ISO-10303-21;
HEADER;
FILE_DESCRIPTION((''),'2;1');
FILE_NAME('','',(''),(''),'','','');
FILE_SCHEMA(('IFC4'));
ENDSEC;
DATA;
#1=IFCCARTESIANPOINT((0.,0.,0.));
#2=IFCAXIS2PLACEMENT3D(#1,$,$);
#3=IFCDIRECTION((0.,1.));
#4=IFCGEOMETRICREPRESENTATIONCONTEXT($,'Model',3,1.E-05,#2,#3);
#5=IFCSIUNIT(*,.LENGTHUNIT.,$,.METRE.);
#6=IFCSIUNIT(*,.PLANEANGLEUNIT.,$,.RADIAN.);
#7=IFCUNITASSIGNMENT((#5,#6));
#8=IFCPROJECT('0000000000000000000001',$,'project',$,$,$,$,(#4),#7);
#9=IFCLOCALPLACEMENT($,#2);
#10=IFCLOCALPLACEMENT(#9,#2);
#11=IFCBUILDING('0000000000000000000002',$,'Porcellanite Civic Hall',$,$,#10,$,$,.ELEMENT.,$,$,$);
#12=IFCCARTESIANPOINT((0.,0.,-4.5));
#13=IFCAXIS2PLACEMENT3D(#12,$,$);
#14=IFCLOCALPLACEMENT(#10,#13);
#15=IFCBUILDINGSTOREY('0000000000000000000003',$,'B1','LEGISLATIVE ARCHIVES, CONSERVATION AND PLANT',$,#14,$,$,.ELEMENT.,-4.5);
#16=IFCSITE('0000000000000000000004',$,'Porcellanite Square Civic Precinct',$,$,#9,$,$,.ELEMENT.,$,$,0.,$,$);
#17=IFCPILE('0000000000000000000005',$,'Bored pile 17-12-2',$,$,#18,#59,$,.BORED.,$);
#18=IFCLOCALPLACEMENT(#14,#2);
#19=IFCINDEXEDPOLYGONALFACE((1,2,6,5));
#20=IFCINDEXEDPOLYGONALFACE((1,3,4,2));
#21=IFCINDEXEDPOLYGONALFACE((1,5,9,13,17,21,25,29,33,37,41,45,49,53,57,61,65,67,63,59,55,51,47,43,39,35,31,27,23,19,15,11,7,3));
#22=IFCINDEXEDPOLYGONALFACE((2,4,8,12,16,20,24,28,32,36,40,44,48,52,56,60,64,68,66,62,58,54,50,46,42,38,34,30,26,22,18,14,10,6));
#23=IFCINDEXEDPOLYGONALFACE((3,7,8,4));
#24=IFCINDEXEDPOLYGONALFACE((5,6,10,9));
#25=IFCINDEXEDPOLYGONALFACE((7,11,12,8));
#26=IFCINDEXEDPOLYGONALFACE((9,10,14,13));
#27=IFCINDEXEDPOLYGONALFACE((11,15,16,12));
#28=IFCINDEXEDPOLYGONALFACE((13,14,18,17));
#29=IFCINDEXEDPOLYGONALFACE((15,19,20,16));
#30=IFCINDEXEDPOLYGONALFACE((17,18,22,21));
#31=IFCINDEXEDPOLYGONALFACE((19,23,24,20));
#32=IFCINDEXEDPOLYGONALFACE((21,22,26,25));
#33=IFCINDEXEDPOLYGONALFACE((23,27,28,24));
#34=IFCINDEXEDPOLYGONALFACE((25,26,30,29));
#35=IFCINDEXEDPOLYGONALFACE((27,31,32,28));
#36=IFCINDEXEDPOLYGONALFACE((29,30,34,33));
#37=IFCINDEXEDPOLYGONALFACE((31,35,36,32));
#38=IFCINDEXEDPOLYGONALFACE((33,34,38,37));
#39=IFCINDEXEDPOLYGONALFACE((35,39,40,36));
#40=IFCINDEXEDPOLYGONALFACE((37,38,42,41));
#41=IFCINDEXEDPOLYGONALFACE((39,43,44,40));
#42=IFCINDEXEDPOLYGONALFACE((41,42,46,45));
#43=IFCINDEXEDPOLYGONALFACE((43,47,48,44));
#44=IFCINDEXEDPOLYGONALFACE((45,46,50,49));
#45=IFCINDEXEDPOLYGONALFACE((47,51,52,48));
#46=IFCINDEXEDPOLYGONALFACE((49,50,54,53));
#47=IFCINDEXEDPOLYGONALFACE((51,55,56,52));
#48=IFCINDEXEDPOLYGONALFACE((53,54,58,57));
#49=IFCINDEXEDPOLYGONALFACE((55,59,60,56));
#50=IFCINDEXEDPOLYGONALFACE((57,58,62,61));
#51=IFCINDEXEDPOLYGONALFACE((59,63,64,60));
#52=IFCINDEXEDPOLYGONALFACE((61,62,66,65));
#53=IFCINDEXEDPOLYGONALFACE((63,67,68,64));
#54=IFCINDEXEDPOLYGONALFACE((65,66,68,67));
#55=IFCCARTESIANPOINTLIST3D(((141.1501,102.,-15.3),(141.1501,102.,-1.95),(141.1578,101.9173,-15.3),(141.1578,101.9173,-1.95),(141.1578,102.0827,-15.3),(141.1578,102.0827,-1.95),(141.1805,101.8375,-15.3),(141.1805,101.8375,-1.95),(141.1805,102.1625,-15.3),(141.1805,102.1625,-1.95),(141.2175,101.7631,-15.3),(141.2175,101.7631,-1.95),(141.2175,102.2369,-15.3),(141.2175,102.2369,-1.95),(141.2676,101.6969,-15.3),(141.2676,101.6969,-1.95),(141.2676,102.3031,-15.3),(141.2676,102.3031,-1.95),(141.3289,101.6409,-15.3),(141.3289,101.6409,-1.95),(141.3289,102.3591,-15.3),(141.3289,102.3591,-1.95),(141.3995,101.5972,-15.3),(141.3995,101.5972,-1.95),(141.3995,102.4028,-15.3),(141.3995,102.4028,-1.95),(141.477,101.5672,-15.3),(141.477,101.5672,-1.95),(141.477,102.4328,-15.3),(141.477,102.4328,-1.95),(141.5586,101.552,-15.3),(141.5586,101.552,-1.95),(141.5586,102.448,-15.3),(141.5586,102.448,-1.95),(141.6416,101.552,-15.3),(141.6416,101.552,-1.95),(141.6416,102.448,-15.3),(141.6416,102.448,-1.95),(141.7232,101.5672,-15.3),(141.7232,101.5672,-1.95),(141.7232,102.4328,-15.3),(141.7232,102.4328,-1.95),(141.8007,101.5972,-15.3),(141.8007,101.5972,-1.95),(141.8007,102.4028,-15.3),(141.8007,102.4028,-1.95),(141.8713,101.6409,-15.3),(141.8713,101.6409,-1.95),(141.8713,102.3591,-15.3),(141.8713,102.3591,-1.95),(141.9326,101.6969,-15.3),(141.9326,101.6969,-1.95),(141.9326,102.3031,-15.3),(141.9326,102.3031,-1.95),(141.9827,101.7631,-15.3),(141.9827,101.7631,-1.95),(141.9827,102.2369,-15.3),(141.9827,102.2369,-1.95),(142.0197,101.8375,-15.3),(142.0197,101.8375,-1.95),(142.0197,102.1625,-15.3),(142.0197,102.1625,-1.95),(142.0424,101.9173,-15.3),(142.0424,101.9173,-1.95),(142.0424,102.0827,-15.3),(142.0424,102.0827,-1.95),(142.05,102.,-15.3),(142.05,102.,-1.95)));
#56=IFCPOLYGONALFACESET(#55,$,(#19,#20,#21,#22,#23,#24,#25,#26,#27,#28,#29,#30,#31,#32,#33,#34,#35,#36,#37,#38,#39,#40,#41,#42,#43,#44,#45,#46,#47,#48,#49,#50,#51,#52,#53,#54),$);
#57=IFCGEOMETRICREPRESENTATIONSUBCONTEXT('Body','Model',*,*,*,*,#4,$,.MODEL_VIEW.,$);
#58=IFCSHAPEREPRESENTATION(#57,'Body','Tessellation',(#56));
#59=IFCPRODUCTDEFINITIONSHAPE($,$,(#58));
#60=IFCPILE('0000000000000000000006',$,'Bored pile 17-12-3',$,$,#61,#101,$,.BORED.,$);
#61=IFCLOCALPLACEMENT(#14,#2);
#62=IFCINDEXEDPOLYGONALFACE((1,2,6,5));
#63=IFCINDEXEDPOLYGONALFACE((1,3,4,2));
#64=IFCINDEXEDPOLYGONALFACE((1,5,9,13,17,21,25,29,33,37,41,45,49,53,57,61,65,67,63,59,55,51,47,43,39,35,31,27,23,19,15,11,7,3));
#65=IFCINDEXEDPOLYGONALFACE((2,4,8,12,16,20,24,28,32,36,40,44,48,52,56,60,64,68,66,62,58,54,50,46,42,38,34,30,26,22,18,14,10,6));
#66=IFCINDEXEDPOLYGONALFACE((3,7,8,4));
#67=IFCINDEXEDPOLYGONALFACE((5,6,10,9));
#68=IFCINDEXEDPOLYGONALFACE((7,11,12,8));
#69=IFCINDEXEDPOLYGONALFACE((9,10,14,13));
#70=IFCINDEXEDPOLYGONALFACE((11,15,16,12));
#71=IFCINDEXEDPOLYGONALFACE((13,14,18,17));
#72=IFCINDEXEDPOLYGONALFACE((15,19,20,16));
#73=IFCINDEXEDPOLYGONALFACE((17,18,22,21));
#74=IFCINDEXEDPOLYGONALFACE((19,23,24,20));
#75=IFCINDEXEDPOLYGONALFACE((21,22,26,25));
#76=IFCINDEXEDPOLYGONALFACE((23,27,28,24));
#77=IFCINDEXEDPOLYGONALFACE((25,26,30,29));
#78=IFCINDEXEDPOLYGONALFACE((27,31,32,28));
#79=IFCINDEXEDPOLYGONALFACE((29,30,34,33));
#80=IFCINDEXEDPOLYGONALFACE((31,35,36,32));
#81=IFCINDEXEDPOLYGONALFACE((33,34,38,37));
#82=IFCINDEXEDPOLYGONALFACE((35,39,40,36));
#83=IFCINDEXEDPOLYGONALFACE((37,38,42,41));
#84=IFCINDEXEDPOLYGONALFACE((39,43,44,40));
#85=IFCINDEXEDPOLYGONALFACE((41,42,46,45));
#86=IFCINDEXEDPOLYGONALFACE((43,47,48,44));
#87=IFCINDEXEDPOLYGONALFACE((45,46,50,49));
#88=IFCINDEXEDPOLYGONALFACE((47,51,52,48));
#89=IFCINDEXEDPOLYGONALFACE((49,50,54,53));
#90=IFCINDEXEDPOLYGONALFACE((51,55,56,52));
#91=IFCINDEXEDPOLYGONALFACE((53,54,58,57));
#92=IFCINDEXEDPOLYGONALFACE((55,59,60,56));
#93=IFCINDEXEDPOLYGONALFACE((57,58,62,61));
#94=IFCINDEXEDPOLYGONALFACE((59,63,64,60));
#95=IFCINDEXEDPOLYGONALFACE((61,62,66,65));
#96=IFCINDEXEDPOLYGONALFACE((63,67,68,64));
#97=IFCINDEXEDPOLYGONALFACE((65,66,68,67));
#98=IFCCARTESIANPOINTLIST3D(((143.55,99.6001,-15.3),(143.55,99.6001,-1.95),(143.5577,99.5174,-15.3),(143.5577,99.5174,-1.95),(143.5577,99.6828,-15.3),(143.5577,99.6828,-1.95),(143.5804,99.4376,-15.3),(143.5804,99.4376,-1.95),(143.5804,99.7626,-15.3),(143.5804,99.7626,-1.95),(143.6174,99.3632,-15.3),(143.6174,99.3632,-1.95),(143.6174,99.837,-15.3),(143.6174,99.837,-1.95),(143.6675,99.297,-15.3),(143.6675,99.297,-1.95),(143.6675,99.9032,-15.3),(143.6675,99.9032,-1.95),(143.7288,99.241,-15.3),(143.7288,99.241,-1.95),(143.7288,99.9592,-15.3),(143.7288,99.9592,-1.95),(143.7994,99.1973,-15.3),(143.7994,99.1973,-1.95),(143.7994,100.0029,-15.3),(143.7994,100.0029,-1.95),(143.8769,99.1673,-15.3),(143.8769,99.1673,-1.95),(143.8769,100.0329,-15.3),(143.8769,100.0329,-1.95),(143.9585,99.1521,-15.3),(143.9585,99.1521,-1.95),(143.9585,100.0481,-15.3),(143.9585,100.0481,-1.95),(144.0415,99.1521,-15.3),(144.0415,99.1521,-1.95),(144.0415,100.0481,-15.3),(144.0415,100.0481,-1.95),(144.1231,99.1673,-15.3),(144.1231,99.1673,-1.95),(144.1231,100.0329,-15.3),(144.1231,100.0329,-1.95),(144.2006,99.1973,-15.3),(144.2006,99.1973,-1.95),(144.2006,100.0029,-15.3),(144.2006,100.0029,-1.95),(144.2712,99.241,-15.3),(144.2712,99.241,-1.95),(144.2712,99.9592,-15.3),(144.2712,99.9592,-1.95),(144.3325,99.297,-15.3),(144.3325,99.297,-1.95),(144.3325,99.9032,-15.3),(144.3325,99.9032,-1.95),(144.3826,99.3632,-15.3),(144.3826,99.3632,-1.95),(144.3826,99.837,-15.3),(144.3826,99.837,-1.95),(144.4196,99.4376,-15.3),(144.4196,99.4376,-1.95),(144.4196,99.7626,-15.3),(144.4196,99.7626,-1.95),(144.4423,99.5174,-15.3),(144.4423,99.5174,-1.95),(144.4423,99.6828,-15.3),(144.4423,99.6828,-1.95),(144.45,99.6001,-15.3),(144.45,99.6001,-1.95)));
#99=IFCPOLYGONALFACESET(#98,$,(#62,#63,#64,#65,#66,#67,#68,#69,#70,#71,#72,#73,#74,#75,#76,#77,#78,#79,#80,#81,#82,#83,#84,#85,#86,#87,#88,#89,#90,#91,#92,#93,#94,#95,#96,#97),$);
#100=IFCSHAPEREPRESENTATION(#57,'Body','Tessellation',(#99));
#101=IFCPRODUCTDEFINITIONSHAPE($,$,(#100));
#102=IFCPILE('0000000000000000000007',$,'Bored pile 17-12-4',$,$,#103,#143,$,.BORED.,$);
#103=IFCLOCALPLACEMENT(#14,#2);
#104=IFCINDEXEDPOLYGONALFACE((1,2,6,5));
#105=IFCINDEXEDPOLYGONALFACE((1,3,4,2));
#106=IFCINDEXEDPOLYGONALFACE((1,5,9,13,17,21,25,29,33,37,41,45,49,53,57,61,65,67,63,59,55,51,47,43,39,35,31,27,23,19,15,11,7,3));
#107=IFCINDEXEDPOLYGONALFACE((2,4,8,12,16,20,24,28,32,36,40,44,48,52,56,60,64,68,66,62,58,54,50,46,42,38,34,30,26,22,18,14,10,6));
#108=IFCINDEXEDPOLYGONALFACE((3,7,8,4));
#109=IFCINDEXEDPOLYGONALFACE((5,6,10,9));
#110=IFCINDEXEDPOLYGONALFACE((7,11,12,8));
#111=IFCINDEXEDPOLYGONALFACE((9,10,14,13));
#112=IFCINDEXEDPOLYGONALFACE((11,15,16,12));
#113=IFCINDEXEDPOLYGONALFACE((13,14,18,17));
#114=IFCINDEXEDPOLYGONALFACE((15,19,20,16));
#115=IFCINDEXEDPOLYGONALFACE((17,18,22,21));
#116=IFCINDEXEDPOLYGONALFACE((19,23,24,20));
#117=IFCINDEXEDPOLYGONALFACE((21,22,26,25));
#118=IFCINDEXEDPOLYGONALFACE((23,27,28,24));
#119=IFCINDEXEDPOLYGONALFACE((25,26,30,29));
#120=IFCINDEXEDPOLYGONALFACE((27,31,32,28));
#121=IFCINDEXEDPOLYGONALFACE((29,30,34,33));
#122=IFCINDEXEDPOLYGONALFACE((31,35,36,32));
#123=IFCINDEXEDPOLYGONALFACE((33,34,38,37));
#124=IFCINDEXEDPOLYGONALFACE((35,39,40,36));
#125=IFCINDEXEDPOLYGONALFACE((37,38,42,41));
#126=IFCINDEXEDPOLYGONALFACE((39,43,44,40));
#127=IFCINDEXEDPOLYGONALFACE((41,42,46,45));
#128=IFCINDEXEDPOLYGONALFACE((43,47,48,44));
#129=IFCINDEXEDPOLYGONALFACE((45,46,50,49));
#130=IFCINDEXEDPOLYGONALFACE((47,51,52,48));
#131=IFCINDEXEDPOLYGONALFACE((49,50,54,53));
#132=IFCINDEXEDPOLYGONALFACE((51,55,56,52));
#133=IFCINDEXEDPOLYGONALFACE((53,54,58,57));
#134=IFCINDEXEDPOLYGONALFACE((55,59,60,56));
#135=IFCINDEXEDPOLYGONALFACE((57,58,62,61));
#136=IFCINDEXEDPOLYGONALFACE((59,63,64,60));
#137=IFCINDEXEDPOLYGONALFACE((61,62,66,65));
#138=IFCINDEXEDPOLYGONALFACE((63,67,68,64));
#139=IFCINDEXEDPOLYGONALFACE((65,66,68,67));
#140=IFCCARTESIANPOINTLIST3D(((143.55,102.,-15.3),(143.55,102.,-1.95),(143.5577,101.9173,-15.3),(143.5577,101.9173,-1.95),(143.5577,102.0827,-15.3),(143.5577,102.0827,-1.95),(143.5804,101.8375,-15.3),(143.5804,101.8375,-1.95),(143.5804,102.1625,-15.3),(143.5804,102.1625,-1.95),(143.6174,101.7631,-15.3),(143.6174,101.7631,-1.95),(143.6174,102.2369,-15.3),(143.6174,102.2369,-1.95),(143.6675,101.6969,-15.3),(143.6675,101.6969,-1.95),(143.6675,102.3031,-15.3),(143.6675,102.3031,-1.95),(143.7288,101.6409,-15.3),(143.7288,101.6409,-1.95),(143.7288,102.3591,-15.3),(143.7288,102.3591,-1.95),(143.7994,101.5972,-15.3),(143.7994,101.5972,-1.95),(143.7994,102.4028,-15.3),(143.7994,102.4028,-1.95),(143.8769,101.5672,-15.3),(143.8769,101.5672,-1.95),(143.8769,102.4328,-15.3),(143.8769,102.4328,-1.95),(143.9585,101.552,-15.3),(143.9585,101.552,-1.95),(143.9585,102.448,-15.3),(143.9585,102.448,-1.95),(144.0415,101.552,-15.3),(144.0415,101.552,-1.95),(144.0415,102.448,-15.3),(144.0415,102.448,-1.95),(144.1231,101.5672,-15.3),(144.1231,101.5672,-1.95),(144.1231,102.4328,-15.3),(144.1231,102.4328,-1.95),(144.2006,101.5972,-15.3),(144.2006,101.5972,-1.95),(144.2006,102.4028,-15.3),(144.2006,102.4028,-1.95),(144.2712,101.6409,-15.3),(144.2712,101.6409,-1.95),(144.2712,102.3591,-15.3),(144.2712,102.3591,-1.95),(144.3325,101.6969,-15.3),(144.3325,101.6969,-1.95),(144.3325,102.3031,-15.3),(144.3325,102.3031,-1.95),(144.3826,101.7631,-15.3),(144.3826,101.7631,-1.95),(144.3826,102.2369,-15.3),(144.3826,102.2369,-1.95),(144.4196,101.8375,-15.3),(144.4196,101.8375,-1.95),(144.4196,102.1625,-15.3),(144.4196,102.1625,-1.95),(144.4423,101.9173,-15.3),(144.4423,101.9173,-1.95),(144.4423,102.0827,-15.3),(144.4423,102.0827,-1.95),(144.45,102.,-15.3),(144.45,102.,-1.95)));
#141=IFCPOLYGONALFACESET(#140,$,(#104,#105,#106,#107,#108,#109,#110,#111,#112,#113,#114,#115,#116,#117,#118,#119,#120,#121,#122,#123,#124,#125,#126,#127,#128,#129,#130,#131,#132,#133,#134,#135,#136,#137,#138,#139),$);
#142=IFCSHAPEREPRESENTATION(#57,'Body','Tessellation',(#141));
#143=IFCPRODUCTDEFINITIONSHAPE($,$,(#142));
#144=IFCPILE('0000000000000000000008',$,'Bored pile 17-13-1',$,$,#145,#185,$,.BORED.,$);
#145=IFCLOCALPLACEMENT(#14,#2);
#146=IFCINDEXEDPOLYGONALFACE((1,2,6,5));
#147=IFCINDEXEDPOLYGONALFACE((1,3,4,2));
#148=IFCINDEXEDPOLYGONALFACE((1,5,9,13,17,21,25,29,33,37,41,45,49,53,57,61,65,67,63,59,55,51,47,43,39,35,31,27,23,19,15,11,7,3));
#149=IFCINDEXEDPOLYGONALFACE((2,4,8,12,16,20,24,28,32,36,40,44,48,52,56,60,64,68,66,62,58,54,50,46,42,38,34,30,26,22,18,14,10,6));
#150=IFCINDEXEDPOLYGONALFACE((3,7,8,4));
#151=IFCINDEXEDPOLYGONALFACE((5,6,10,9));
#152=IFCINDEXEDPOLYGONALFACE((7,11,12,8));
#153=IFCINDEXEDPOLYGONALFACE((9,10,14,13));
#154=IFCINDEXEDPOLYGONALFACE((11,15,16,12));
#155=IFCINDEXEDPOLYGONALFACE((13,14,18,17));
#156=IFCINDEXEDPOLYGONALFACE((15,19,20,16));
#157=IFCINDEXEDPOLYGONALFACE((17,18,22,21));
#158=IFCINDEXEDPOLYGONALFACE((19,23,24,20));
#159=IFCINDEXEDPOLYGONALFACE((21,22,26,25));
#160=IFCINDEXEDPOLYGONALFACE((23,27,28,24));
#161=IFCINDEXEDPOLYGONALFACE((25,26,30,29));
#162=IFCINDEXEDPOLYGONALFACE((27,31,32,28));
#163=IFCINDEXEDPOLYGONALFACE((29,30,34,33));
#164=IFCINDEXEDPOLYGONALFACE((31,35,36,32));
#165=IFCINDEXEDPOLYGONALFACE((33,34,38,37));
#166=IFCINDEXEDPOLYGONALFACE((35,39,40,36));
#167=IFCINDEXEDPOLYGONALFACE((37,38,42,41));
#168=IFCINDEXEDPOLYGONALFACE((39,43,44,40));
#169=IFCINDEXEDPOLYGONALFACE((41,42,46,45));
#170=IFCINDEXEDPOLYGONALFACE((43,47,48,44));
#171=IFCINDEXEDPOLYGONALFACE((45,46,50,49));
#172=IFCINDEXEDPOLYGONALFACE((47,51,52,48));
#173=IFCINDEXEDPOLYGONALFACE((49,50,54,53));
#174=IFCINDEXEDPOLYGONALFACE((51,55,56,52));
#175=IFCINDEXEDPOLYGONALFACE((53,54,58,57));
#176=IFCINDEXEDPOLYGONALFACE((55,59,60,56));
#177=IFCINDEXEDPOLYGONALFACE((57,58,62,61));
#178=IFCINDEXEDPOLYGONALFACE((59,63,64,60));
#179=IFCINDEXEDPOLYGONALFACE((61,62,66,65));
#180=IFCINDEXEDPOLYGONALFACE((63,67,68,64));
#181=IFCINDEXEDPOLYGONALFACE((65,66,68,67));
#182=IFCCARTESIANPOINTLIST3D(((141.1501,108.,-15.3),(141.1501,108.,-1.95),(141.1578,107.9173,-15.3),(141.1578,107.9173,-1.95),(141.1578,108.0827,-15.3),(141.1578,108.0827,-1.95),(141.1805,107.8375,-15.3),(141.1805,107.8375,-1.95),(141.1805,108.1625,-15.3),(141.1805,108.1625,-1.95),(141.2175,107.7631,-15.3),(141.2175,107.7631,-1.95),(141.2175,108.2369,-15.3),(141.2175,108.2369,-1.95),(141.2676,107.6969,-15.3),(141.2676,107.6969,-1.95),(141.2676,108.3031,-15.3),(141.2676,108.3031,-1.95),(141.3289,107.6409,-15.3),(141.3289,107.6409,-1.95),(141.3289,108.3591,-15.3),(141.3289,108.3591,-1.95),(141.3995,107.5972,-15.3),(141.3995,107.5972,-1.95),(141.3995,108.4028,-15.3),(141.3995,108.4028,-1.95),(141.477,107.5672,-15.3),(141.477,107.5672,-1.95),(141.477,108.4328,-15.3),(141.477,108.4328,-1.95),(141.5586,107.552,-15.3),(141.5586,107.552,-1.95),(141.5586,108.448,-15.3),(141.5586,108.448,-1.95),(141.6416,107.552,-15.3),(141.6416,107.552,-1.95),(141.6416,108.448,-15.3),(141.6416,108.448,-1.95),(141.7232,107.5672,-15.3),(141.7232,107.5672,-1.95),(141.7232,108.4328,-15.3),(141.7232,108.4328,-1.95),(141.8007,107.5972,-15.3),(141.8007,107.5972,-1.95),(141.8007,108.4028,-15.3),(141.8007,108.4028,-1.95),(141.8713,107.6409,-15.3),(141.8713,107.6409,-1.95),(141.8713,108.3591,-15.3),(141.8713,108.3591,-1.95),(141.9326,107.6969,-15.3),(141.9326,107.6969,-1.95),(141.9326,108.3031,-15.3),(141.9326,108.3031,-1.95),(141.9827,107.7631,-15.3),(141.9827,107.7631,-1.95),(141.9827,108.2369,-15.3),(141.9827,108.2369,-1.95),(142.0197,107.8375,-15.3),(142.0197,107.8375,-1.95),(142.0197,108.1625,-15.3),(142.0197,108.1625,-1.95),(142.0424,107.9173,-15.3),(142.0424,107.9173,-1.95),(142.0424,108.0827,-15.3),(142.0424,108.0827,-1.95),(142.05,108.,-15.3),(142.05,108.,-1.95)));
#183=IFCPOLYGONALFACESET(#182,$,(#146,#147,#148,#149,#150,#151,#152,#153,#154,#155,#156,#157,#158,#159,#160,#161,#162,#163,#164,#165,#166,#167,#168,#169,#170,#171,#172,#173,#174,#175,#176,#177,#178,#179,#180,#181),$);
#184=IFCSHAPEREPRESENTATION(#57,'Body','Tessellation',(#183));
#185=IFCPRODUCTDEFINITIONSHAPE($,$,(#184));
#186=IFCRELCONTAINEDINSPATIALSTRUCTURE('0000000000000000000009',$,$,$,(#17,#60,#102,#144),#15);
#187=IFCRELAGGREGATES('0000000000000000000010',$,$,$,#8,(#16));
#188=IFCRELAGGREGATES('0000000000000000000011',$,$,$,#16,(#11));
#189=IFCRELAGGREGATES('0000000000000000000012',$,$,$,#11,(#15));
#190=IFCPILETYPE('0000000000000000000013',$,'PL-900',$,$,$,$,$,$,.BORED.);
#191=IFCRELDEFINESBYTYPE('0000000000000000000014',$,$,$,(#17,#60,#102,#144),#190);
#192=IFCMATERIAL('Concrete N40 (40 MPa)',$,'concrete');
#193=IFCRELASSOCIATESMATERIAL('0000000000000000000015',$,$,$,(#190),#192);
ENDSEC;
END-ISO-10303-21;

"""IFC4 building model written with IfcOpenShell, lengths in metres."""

from ifc_helpers import new_model, si_unit, direction, frame, origin, origin_2d, place, context, subcontext, project, spatial, circle, extrude, material, material_profile, profile_set, type_object, element, save


model = new_model("IFC4")

# Units and contexts
model_context = context("Model", 3, precision=1e-05, world=origin(), true_north=direction((0.0, 1.0)))
body_context = subcontext(model_context, "Body", "Model", "MODEL_VIEW")
ifc_project = project(units=[si_unit("LENGTHUNIT", "METRE"), si_unit("PLANEANGLEUNIT", "RADIAN")], contexts=[model_context])

# Site, building, storey
site_placement = place(None, origin())
site = spatial("IfcSite", under=ifc_project, at=site_placement, Name="Porcellanite Square Civic Precinct", CompositionType="ELEMENT", RefElevation=0.0)
building_placement = place(site_placement, origin())
building = spatial("IfcBuilding", under=site, at=building_placement, Name="Porcellanite Civic Hall", CompositionType="ELEMENT")
storey_placement = place(building_placement, frame((0.0, 0.0, -4.5)))
storey = spatial("IfcBuildingStorey", under=building, at=storey_placement, Name="B1", Description="LEGISLATIVE ARCHIVES, CONSERVATION AND PLANT", CompositionType="ELEMENT", Elevation=-4.5)

# Piles
ifc_material_1 = material(Name="Concrete N40 (40 MPa)", Category="concrete")
ifc_material_profile_1 = material_profile(ifc_material_1, circle(Radius=0.45, at=origin_2d()), Name="PILE-D900")
ifc_profile_set_1 = profile_set([ifc_material_profile_1], Name="Concrete N40 (40 MPa)")
pile_type_1 = type_object("IfcPileType", Name="PL-900", PredefinedType="BORED", material=ifc_profile_set_1)
for number, where, z_axis, x_axis, name in (
    (1, (141.6001, 102.0, -1.95), (0.0, 0.0, -1.0), (1.0, 0.0, 0.0), "Bored pile 17-12-2"),
    (2, (144.0, 99.6001, -1.95), (0.0, 0.0, -1.0), (1.0, 0.0, 0.0), "Bored pile 17-12-3"),
    (3, (144.0, 102.0, -1.95), (0.0, 0.0, -1.0), (1.0, 0.0, 0.0), "Bored pile 17-12-4"),
    (4, (141.6001, 108.0, -1.95), (0.0, 0.0, -1.0), (1.0, 0.0, 0.0), "Bored pile 17-13-1"),
):
    element("IfcPile", number, at=place(storey_placement, frame(where, z_axis=z_axis, x_axis=x_axis)), inside=storey, type_object=pile_type_1, Name=name, PredefinedType="BORED", context=body_context, shape_type="SweptSolid", body=[
        extrude(circle(Radius=0.45, at=origin_2d()), origin(), (0.0, 0.0, 1.0), 13.3501),
    ])

save(model, "model.ifc")
